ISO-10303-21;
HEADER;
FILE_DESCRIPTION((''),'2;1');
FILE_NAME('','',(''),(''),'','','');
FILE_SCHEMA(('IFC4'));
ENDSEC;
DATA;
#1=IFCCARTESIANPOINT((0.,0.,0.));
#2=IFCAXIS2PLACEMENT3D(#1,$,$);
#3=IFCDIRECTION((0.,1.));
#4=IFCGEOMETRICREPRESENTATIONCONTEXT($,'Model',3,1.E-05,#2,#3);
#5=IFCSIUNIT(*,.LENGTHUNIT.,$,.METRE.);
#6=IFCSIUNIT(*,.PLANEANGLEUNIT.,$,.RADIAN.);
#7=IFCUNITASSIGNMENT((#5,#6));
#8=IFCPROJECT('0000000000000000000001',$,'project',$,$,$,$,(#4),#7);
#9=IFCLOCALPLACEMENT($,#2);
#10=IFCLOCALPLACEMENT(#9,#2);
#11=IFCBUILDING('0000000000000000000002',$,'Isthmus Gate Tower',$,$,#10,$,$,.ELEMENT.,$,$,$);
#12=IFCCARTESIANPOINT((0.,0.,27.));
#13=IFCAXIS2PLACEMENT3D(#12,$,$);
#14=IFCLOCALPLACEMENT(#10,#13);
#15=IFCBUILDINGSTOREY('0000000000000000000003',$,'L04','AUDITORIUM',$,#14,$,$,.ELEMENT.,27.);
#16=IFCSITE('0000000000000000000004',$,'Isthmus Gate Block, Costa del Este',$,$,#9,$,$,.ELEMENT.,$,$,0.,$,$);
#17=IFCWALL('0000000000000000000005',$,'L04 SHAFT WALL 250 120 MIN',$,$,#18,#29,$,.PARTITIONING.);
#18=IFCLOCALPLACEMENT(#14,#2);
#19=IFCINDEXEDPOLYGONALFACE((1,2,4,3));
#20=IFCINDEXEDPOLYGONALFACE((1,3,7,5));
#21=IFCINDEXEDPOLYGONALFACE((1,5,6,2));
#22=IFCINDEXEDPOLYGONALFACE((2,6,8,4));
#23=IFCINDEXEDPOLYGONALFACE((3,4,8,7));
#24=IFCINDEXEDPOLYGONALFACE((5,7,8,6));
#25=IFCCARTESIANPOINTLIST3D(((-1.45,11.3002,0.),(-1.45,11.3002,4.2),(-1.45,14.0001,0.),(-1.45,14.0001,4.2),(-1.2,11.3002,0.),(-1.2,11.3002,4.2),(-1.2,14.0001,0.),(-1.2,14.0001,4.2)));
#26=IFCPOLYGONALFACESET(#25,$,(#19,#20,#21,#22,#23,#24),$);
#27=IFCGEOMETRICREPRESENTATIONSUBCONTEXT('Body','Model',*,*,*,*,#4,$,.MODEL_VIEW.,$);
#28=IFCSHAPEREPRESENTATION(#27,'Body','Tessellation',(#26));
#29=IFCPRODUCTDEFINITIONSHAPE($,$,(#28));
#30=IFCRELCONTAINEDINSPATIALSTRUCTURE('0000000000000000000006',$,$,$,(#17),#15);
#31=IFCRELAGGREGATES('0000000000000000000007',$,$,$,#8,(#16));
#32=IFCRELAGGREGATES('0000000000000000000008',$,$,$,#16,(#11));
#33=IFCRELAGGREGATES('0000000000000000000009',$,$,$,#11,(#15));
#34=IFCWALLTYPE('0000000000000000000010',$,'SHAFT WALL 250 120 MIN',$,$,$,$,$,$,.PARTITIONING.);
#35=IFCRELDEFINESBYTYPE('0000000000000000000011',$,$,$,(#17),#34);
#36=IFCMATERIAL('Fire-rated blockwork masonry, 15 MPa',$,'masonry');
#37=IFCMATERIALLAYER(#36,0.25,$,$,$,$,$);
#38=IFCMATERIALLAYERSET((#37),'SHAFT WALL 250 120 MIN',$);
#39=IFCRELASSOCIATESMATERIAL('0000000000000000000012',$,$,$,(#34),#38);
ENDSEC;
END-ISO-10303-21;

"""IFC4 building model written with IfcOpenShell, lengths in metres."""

from ifc_helpers import new_model, si_unit, direction, frame, frame_2d, origin, place, context, subcontext, project, spatial, rectangle, extrude, material, layer, layer_set, type_object, element, save


model = new_model("IFC4")

# Units and contexts
model_context = context("Model", 3, precision=1e-05, world=origin(), true_north=direction((0.0, 1.0)))
body_context = subcontext(model_context, "Body", "Model", "MODEL_VIEW")
ifc_project = project(units=[si_unit("LENGTHUNIT", "METRE"), si_unit("PLANEANGLEUNIT", "RADIAN")], contexts=[model_context])

# Site, building, storey
site_placement = place(None, origin())
site = spatial("IfcSite", under=ifc_project, at=site_placement, Name="Isthmus Gate Block, Costa del Este", CompositionType="ELEMENT", RefElevation=0.0)
building_placement = place(site_placement, origin())
building = spatial("IfcBuilding", under=site, at=building_placement, Name="Isthmus Gate Tower", CompositionType="ELEMENT")
storey_placement = place(building_placement, frame((0.0, 0.0, 27.0)))
storey = spatial("IfcBuildingStorey", under=building, at=storey_placement, Name="L04", Description="AUDITORIUM", CompositionType="ELEMENT", Elevation=27.0)

# Wall
ifc_material_1 = material(Name="Fire-rated blockwork masonry, 15 MPa", Category="masonry")
ifc_layer_1 = layer(ifc_material_1, 0.25)
ifc_layer_set_1 = layer_set([ifc_layer_1], Name="SHAFT WALL 250 120 MIN")
wall_type_1 = type_object("IfcWallType", Name="SHAFT WALL 250 120 MIN", PredefinedType="PARTITIONING", material=ifc_layer_set_1)
for number, where, z_axis, x_axis, name in (
    (1, (-1.325, 11.3, 0.0), (0.0, 0.0, 1.0), (0.0, 1.0, 0.0), "L04 SHAFT WALL 250 120 MIN"),
):
    element("IfcWall", number, at=place(storey_placement, frame(where, z_axis=z_axis, x_axis=x_axis)), inside=storey, type_object=wall_type_1, Name=name, PredefinedType="PARTITIONING", context=body_context, shape_type="SweptSolid", body=[
        extrude(rectangle(XDim=2.7, YDim=0.25, at=frame_2d((1.3501, 0.0))), origin(), (0.0, 0.0, 1.0), 4.2),
    ])

save(model, "model.ifc")
